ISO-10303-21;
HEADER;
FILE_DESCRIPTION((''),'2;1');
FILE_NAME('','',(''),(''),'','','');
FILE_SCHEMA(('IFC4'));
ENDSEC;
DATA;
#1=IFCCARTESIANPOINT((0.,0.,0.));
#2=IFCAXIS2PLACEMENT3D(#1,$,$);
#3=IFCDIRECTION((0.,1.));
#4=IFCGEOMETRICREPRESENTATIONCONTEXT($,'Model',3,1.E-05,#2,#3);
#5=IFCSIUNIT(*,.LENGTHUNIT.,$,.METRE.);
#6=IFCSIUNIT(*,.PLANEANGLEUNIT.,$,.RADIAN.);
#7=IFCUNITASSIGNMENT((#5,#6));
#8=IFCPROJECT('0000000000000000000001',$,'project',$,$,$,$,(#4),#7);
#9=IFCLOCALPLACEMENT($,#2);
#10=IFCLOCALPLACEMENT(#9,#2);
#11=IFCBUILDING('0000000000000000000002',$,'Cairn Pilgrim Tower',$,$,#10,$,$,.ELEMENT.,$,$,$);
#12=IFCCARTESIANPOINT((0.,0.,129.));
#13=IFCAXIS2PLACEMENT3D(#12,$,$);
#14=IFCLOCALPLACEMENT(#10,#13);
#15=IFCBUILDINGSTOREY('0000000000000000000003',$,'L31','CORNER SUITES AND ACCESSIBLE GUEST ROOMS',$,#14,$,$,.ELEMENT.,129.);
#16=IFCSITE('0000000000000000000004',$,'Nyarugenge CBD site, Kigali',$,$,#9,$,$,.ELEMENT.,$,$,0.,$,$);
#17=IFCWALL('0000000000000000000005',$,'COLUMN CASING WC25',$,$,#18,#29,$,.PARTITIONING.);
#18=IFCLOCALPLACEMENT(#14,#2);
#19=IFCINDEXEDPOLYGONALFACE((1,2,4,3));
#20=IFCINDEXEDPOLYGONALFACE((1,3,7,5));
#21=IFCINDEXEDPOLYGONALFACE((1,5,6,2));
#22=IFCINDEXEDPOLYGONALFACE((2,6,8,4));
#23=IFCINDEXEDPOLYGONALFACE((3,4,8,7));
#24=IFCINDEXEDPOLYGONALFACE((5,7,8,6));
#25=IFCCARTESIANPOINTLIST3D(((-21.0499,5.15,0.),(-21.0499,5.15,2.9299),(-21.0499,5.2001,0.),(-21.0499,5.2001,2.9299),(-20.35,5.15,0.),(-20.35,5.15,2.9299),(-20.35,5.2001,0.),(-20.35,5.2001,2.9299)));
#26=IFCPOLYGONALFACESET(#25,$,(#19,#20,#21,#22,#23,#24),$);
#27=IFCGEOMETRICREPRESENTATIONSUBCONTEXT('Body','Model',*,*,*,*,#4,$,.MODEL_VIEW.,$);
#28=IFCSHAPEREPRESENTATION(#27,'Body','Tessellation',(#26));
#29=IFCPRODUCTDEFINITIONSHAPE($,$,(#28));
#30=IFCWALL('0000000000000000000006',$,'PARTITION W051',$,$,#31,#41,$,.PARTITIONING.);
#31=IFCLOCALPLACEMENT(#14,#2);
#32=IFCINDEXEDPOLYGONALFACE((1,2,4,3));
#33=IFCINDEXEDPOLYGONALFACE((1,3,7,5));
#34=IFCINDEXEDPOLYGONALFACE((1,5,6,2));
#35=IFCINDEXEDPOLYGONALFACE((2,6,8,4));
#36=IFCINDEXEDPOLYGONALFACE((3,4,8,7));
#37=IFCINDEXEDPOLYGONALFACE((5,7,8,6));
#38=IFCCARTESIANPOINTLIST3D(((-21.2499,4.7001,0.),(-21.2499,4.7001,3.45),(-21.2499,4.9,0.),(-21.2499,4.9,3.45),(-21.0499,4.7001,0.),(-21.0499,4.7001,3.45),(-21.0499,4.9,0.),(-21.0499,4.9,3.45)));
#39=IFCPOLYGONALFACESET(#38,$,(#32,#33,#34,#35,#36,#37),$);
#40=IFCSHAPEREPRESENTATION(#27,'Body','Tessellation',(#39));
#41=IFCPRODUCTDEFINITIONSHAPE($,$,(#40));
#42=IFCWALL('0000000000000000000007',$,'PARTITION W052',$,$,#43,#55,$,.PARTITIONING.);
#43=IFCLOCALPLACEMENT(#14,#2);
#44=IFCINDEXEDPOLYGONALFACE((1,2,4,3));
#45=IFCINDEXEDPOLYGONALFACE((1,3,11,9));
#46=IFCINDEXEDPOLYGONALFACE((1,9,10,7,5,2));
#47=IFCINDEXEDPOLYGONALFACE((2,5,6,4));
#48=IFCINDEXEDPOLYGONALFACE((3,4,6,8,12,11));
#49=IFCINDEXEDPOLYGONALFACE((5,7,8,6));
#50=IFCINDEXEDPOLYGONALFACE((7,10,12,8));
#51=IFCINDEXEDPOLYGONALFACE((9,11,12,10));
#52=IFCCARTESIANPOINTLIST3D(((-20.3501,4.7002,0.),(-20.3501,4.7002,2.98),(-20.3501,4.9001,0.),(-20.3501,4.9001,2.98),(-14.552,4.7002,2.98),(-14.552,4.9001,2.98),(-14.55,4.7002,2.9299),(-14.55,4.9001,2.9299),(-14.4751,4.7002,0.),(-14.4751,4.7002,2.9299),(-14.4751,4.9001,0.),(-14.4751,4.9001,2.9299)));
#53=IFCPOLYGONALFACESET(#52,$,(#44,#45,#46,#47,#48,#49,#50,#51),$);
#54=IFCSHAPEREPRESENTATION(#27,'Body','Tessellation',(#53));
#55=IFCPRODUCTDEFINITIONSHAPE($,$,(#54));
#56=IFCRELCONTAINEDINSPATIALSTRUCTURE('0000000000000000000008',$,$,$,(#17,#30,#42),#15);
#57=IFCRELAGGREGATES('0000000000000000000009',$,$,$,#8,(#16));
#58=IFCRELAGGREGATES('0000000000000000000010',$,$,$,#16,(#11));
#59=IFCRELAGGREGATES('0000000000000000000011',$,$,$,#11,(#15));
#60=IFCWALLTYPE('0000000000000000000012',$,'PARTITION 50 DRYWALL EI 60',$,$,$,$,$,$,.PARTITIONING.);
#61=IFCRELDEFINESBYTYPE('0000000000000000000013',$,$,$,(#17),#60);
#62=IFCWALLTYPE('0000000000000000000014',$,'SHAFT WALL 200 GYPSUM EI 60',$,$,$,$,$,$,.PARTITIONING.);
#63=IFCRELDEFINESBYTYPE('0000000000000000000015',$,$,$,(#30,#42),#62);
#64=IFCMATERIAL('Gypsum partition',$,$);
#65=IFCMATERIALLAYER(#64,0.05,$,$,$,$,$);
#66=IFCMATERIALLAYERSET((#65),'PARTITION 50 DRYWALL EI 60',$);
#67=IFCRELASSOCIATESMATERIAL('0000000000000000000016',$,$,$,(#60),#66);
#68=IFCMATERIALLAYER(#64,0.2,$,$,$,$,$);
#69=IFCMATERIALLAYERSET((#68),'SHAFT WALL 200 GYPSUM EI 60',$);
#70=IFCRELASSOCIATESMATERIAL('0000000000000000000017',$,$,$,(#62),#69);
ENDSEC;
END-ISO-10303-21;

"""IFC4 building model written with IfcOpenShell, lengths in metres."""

from ifc_helpers import new_model, si_unit, direction, frame, frame_2d, origin, place, context, subcontext, project, spatial, polyline, rectangle, outline, extrude, material, layer, layer_set, type_object, element, save


model = new_model("IFC4")

# Units and contexts
model_context = context("Model", 3, precision=1e-05, world=origin(), true_north=direction((0.0, 1.0)))
body_context = subcontext(model_context, "Body", "Model", "MODEL_VIEW")
ifc_project = project(units=[si_unit("LENGTHUNIT", "METRE"), si_unit("PLANEANGLEUNIT", "RADIAN")], contexts=[model_context])

# Site, building, storey
site_placement = place(None, origin())
site = spatial("IfcSite", under=ifc_project, at=site_placement, Name="Nyarugenge CBD site, Kigali", CompositionType="ELEMENT", RefElevation=0.0)
building_placement = place(site_placement, origin())
building = spatial("IfcBuilding", under=site, at=building_placement, Name="Cairn Pilgrim Tower", CompositionType="ELEMENT")
storey_placement = place(building_placement, frame((0.0, 0.0, 129.0)))
storey = spatial("IfcBuildingStorey", under=building, at=storey_placement, Name="L31", Description="CORNER SUITES AND ACCESSIBLE GUEST ROOMS", CompositionType="ELEMENT", Elevation=129.0)

# Shared definitions
ifc_material_1 = material(Name="Gypsum partition")

# Walls
ifc_layer_1 = layer(ifc_material_1, 0.05)
ifc_layer_set_1 = layer_set([ifc_layer_1], Name="PARTITION 50 DRYWALL EI 60")
wall_type_1 = type_object("IfcWallType", Name="PARTITION 50 DRYWALL EI 60", PredefinedType="PARTITIONING", material=ifc_layer_set_1)
wall_1_placement = place(storey_placement, frame((-21.05, 5.175, 0.0), z_axis=(0.0, 0.0, 1.0), x_axis=(1.0, 0.0, 0.0)))
element("IfcWall", 1, at=wall_1_placement, inside=storey, type_object=wall_type_1, Name="COLUMN CASING WC25", PredefinedType="PARTITIONING", context=body_context, shape_type="SweptSolid", body=[
    extrude(rectangle(XDim=0.7, YDim=0.05, at=frame_2d((0.3501, 0.0))), origin(), (0.0, 0.0, 1.0), 2.9299),
])
ifc_layer_2 = layer(ifc_material_1, 0.2)
ifc_layer_set_2 = layer_set([ifc_layer_2], Name="SHAFT WALL 200 GYPSUM EI 60")
wall_type_2 = type_object("IfcWallType", Name="SHAFT WALL 200 GYPSUM EI 60", PredefinedType="PARTITIONING", material=ifc_layer_set_2)
wall_2_placement = place(storey_placement, frame((-21.25, 4.8, 0.0), z_axis=(0.0, 0.0, 1.0), x_axis=(1.0, 0.0, 0.0)))
element("IfcWall", 2, at=wall_2_placement, inside=storey, type_object=wall_type_2, Name="PARTITION W051", PredefinedType="PARTITIONING", context=body_context, shape_type="SweptSolid", body=[
    extrude(rectangle(XDim=0.2, YDim=0.2, at=frame_2d((0.1001, 0.0))), origin(), (0.0, 0.0, 1.0), 3.45),
])
wall_3_placement = place(storey_placement, frame((-20.3501, 4.8, 0.0), z_axis=(0.0, 0.0, 1.0), x_axis=(1.0, 0.0, 0.0)))
element("IfcWall", 3, at=wall_3_placement, inside=storey, type_object=wall_type_2, Name="PARTITION W052", PredefinedType="PARTITIONING", context=body_context, shape_type="SweptSolid", body=[
    extrude(outline(polyline([(0.0, 0.0), (5.875, 0.0), (5.875, 2.9299), (5.8, 2.9299), (5.7981, 2.98), (0.0, 2.98), (0.0, 0.0)])), frame((0.0, 0.1001, 0.0), z_axis=(0.0, -1.0, 0.0), x_axis=(1.0, 0.0, 0.0)), (0.0, 0.0, 1.0), 0.2),
])

save(model, "model.ifc")
